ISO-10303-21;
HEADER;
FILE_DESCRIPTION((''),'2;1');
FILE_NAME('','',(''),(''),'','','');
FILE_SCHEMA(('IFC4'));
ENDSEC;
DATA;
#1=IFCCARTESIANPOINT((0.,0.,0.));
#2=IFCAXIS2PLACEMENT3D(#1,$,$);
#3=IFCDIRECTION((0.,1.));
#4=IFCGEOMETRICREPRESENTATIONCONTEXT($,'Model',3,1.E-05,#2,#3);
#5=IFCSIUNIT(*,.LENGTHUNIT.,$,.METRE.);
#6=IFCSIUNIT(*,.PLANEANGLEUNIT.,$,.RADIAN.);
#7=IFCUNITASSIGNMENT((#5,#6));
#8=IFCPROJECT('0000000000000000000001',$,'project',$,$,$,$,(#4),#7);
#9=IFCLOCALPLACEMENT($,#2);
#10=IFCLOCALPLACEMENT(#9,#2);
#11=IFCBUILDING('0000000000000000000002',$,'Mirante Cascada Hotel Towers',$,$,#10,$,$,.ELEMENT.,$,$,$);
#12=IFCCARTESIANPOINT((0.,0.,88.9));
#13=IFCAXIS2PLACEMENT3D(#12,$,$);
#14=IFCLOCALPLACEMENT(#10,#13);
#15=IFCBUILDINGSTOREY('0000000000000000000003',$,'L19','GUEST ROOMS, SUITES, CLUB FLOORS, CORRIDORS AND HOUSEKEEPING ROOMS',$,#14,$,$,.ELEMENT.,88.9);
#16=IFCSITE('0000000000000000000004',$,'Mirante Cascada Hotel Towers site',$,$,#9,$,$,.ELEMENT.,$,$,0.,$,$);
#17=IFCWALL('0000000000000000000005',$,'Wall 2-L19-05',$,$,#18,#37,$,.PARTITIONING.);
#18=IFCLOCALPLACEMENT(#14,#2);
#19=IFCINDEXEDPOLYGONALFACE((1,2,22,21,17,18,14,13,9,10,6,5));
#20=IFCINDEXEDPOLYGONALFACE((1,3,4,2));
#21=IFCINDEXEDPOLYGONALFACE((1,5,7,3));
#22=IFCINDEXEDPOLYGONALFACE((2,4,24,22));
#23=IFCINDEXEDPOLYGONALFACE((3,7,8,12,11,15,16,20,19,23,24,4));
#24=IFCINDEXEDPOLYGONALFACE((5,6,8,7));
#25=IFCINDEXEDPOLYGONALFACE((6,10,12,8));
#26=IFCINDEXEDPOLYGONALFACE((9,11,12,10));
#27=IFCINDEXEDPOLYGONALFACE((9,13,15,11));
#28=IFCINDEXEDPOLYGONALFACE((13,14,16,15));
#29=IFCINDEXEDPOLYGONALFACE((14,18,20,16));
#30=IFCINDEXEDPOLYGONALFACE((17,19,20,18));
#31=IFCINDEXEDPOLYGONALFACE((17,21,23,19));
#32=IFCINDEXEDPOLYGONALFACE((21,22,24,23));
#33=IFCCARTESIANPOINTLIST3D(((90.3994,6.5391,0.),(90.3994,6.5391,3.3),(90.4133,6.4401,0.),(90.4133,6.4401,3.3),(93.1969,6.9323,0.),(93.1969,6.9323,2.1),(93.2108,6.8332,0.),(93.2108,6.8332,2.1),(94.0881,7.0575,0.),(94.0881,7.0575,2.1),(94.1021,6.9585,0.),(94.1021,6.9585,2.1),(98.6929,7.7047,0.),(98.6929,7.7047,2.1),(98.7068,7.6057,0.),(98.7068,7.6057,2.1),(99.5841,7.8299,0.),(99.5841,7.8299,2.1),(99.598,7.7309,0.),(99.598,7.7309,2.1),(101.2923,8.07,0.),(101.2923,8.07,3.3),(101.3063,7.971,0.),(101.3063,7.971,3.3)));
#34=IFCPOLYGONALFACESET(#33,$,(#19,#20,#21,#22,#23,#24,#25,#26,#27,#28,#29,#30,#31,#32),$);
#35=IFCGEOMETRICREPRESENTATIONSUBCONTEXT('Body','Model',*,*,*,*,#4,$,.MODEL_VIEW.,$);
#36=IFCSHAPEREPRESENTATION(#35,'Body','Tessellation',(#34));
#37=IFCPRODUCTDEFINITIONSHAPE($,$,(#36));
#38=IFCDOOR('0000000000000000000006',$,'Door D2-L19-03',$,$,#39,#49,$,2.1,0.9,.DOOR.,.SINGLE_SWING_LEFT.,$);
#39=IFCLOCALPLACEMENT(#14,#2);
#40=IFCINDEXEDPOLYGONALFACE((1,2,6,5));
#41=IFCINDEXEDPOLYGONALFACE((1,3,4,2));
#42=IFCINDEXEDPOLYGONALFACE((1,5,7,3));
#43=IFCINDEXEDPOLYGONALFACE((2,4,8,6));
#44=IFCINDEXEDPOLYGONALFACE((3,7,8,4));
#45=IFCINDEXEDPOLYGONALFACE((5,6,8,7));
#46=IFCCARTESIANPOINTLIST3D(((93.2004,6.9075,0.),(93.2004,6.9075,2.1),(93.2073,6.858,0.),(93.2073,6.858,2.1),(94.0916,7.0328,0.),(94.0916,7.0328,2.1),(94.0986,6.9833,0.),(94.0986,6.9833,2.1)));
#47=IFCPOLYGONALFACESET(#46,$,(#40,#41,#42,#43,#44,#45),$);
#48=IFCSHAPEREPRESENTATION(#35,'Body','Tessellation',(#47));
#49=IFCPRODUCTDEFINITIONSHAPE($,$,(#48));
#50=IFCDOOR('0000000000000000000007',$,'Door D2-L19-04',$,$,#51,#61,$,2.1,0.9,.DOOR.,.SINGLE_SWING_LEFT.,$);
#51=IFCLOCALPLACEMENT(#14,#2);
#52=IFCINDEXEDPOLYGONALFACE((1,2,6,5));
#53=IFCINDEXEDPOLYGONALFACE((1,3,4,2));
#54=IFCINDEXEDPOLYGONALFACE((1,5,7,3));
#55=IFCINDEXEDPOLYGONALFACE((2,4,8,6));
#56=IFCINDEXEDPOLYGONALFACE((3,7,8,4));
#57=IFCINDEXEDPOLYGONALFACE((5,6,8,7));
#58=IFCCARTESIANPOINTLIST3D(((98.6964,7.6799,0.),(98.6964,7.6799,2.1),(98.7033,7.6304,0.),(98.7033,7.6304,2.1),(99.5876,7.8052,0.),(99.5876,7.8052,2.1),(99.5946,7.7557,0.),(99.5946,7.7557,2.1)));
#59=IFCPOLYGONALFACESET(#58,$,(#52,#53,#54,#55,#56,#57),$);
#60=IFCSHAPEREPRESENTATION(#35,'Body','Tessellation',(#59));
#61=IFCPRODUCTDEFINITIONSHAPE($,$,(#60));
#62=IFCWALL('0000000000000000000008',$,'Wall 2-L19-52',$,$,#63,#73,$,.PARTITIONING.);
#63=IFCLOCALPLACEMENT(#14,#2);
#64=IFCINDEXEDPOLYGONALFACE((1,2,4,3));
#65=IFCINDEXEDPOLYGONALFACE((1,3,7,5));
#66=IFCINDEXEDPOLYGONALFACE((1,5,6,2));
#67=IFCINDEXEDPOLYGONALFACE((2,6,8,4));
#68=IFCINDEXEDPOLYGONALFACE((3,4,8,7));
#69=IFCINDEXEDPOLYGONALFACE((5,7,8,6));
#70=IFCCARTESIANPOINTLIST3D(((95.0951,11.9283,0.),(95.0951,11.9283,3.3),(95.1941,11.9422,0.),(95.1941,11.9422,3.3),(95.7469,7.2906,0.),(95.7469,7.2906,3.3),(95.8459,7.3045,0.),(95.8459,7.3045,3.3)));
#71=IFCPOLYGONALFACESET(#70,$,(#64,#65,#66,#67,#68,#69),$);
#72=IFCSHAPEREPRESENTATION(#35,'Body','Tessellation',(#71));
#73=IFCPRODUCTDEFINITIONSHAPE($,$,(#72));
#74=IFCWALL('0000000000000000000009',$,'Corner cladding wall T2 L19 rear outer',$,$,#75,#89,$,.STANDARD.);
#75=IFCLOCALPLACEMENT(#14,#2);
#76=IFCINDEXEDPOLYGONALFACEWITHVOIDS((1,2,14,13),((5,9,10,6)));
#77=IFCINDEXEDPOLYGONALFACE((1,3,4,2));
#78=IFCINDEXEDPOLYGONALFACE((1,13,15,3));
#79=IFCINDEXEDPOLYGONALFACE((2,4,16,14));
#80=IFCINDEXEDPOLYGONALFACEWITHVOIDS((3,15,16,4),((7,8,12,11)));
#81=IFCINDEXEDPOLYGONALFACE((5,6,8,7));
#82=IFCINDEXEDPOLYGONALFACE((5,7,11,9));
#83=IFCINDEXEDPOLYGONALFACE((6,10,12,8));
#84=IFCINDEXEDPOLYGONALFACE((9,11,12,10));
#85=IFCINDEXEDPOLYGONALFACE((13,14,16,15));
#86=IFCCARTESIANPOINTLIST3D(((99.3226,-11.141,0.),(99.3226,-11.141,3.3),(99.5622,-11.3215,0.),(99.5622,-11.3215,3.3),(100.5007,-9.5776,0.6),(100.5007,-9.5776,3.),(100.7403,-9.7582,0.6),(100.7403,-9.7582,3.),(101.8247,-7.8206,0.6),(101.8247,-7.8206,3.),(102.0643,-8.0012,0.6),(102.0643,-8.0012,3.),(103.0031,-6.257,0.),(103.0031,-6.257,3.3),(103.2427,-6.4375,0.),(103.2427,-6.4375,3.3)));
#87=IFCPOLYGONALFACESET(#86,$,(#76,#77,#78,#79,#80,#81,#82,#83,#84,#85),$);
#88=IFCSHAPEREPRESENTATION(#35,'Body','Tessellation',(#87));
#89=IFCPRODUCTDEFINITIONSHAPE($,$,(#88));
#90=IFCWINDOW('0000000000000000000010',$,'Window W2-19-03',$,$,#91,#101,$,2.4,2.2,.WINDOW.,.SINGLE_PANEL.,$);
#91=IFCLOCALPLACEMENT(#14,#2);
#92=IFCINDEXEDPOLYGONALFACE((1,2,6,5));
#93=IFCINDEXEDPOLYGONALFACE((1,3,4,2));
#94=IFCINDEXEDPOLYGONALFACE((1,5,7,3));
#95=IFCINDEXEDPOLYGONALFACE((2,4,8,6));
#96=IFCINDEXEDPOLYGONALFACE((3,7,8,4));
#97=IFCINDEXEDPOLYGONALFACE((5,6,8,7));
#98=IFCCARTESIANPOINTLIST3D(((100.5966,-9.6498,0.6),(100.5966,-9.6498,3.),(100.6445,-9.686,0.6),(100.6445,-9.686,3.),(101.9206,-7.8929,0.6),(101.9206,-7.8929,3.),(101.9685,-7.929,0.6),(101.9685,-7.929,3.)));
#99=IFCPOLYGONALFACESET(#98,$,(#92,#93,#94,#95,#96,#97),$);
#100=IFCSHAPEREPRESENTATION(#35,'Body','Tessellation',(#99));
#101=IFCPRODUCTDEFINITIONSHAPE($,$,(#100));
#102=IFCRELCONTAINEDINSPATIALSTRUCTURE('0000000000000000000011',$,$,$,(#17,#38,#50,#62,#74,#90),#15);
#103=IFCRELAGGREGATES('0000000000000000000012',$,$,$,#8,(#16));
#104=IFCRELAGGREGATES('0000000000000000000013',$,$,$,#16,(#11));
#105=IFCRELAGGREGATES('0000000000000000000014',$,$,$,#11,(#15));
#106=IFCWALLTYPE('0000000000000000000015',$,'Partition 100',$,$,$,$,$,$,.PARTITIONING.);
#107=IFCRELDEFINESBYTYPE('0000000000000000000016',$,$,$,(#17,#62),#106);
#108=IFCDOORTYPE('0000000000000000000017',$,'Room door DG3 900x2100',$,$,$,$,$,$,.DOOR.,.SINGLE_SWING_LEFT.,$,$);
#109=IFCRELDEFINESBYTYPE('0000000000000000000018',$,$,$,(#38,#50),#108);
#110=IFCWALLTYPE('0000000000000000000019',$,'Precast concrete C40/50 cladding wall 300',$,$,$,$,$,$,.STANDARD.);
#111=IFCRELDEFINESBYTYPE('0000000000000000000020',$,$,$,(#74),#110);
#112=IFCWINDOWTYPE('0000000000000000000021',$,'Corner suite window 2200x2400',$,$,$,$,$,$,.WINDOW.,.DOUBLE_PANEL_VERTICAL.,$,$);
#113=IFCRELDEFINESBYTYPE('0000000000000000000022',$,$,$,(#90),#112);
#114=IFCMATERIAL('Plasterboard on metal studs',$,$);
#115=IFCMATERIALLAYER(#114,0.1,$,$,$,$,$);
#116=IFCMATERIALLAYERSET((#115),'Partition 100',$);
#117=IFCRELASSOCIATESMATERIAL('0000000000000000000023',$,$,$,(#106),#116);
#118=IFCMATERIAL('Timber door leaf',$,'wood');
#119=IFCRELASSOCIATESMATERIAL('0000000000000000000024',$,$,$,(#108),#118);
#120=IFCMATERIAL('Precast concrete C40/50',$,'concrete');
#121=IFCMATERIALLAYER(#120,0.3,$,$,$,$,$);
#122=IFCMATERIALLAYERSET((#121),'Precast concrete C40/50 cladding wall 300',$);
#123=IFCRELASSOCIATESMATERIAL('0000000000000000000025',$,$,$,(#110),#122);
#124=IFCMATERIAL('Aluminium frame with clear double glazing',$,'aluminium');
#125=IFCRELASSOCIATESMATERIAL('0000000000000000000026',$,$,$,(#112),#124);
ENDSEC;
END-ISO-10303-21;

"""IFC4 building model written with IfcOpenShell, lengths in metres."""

from ifc_helpers import new_model, si_unit, direction, frame, frame_2d, origin, place, context, subcontext, project, spatial, rectangle, extrude, material, layer, layer_set, type_object, element, fill, save


model = new_model("IFC4")

# Units and contexts
model_context = context("Model", 3, precision=1e-05, world=origin(), true_north=direction((0.0, 1.0)))
body_context = subcontext(model_context, "Body", "Model", "MODEL_VIEW")
ifc_project = project(units=[si_unit("LENGTHUNIT", "METRE"), si_unit("PLANEANGLEUNIT", "RADIAN")], contexts=[model_context])

# Site, building, storey
site_placement = place(None, origin())
site = spatial("IfcSite", under=ifc_project, at=site_placement, Name="Mirante Cascada Hotel Towers site", CompositionType="ELEMENT", RefElevation=0.0)
building_placement = place(site_placement, origin())
building = spatial("IfcBuilding", under=site, at=building_placement, Name="Mirante Cascada Hotel Towers", CompositionType="ELEMENT")
storey_placement = place(building_placement, frame((0.0, 0.0, 88.9)))
storey = spatial("IfcBuildingStorey", under=building, at=storey_placement, Name="L19", Description="GUEST ROOMS, SUITES, CLUB FLOORS, CORRIDORS AND HOUSEKEEPING ROOMS", CompositionType="ELEMENT", Elevation=88.9)

# Wall, openings, doors
ifc_material_1 = material(Name="Plasterboard on metal studs")
ifc_layer_1 = layer(ifc_material_1, 0.1)
ifc_layer_set_1 = layer_set([ifc_layer_1], Name="Partition 100")
wall_type_1 = type_object("IfcWallType", Name="Partition 100", PredefinedType="PARTITIONING", material=ifc_layer_set_1)
wall_1_placement = place(storey_placement, frame((101.2993, 8.0205, 0.0), z_axis=(0.0, 0.0, 1.0), x_axis=(-0.990268, -0.139173, 0.0)))
wall_1 = element("IfcWall", 1, at=wall_1_placement, inside=storey, type_object=wall_type_1, Name="Wall 2-L19-05", PredefinedType="PARTITIONING", context=body_context, shape_type="SweptSolid", body=[
    extrude(rectangle(XDim=11.0, YDim=0.1, at=frame_2d((5.5, 0.0))), origin(), (0.0, 0.0, 1.0), 3.3),
])
opening_1_placement = place(wall_1_placement, frame((7.275, 0.0, 0.0)))
opening_1 = element("IfcOpeningElement", 2, at=opening_1_placement, cuts=wall_1, PredefinedType="OPENING", context=body_context, shape_type="SweptSolid", body=[
    extrude(rectangle(XDim=0.9, YDim=2.1, at=frame_2d((0.45, 1.05))), frame((0.0, 0.05, 0.0), z_axis=(0.0, -1.0, 0.0), x_axis=(1.0, 0.0, 0.0)), (0.0, 0.0, 1.0), 0.1),
])
opening_2_placement = place(wall_1_placement, frame((1.725, 0.0, 0.0)))
opening_2 = element("IfcOpeningElement", 3, at=opening_2_placement, cuts=wall_1, PredefinedType="OPENING", context=body_context, shape_type="SweptSolid", body=[
    extrude(rectangle(XDim=0.9, YDim=2.1, at=frame_2d((0.45, 1.05))), frame((0.0, 0.05, 0.0), z_axis=(0.0, -1.0, 0.0), x_axis=(1.0, 0.0, 0.0)), (0.0, 0.0, 1.0), 0.1),
])
ifc_material_2 = material(Name="Timber door leaf", Category="wood")
door_type = type_object("IfcDoorType", Name="Room door DG3 900x2100", OperationType="SINGLE_SWING_LEFT", PredefinedType="DOOR", material=ifc_material_2)
door_1_placement = place(opening_1_placement, origin())
door_1 = element("IfcDoor", 4, at=door_1_placement, inside=storey, type_object=door_type, Name="Door D2-L19-03", OperationType="SINGLE_SWING_LEFT", OverallHeight=2.1, OverallWidth=0.9, PredefinedType="DOOR", context=body_context, shape_type="SweptSolid", body=[
    extrude(rectangle(XDim=0.9, YDim=2.1, at=frame_2d((0.45, 1.05))), frame((0.0, 0.025, 0.0), z_axis=(0.0, -1.0, 0.0), x_axis=(1.0, 0.0, 0.0)), (0.0, 0.0, 1.0), 0.05),
])
fill(opening_1, door_1)
door_2_placement = place(opening_2_placement, origin())
door_2 = element("IfcDoor", 5, at=door_2_placement, inside=storey, type_object=door_type, Name="Door D2-L19-04", OperationType="SINGLE_SWING_LEFT", OverallHeight=2.1, OverallWidth=0.9, PredefinedType="DOOR", context=body_context, shape_type="SweptSolid", body=[
    extrude(rectangle(XDim=0.9, YDim=2.1, at=frame_2d((0.45, 1.05))), frame((0.0, 0.025, 0.0), z_axis=(0.0, -1.0, 0.0), x_axis=(1.0, 0.0, 0.0)), (0.0, 0.0, 1.0), 0.05),
])
fill(opening_2, door_2)

# Wall
wall_2_placement = place(storey_placement, frame((95.7964, 7.2976, 0.0), z_axis=(0.0, 0.0, 1.0), x_axis=(-0.139176, 0.990268, 0.0)))
element("IfcWall", 6, at=wall_2_placement, inside=storey, type_object=wall_type_1, Name="Wall 2-L19-52", PredefinedType="PARTITIONING", context=body_context, shape_type="SweptSolid", body=[
    extrude(rectangle(XDim=4.6833, YDim=0.1, at=frame_2d((2.3416, 0.0))), origin(), (0.0, 0.0, 1.0), 3.3),
])

# Wall, opening, window
ifc_material_3 = material(Name="Precast concrete C40/50", Category="concrete")
ifc_layer_2 = layer(ifc_material_3, 0.3)
ifc_layer_set_2 = layer_set([ifc_layer_2], Name="Precast concrete C40/50 cladding wall 300")
wall_type_2 = type_object("IfcWallType", Name="Precast concrete C40/50 cladding wall 300", PredefinedType="STANDARD", material=ifc_layer_set_2)
wall_3_placement = place(storey_placement, frame((99.4424, -11.2313, 0.0), z_axis=(0.0, 0.0, 1.0), x_axis=(0.601819, 0.798632, 0.0)))
wall_3 = element("IfcWall", 7, at=wall_3_placement, inside=storey, type_object=wall_type_2, Name="Corner cladding wall T2 L19 rear outer", PredefinedType="STANDARD", context=body_context, shape_type="SweptSolid", body=[
    extrude(rectangle(XDim=6.1155, YDim=0.3, at=frame_2d((3.0578, 0.0))), origin(), (0.0, 0.0, 1.0), 3.3),
])
opening_3_placement = place(wall_3_placement, frame((1.9576, 0.0, 0.6)))
opening_3 = element("IfcOpeningElement", 8, at=opening_3_placement, cuts=wall_3, PredefinedType="OPENING", context=body_context, shape_type="SweptSolid", body=[
    extrude(rectangle(XDim=2.2, YDim=2.4, at=frame_2d((1.1, 1.2))), frame((0.0, 0.15, 0.0), z_axis=(0.0, -1.0, 0.0), x_axis=(1.0, 0.0, 0.0)), (0.0, 0.0, 1.0), 0.3),
])
ifc_material_4 = material(Name="Aluminium frame with clear double glazing", Category="aluminium")
window_type = type_object("IfcWindowType", Name="Corner suite window 2200x2400", PartitioningType="DOUBLE_PANEL_VERTICAL", PredefinedType="WINDOW", material=ifc_material_4)
window_placement = place(opening_3_placement, origin())
window = element("IfcWindow", 9, at=window_placement, inside=storey, type_object=window_type, Name="Window W2-19-03", OverallHeight=2.4, OverallWidth=2.2, PartitioningType="SINGLE_PANEL", PredefinedType="WINDOW", context=body_context, shape_type="SweptSolid", body=[
    extrude(rectangle(XDim=2.2, YDim=2.4, at=frame_2d((1.1, 1.2))), frame((0.0, 0.03, 0.0), z_axis=(0.0, -1.0, 0.0), x_axis=(1.0, 0.0, 0.0)), (0.0, 0.0, 1.0), 0.06),
])
fill(opening_3, window)

save(model, "model.ifc")
